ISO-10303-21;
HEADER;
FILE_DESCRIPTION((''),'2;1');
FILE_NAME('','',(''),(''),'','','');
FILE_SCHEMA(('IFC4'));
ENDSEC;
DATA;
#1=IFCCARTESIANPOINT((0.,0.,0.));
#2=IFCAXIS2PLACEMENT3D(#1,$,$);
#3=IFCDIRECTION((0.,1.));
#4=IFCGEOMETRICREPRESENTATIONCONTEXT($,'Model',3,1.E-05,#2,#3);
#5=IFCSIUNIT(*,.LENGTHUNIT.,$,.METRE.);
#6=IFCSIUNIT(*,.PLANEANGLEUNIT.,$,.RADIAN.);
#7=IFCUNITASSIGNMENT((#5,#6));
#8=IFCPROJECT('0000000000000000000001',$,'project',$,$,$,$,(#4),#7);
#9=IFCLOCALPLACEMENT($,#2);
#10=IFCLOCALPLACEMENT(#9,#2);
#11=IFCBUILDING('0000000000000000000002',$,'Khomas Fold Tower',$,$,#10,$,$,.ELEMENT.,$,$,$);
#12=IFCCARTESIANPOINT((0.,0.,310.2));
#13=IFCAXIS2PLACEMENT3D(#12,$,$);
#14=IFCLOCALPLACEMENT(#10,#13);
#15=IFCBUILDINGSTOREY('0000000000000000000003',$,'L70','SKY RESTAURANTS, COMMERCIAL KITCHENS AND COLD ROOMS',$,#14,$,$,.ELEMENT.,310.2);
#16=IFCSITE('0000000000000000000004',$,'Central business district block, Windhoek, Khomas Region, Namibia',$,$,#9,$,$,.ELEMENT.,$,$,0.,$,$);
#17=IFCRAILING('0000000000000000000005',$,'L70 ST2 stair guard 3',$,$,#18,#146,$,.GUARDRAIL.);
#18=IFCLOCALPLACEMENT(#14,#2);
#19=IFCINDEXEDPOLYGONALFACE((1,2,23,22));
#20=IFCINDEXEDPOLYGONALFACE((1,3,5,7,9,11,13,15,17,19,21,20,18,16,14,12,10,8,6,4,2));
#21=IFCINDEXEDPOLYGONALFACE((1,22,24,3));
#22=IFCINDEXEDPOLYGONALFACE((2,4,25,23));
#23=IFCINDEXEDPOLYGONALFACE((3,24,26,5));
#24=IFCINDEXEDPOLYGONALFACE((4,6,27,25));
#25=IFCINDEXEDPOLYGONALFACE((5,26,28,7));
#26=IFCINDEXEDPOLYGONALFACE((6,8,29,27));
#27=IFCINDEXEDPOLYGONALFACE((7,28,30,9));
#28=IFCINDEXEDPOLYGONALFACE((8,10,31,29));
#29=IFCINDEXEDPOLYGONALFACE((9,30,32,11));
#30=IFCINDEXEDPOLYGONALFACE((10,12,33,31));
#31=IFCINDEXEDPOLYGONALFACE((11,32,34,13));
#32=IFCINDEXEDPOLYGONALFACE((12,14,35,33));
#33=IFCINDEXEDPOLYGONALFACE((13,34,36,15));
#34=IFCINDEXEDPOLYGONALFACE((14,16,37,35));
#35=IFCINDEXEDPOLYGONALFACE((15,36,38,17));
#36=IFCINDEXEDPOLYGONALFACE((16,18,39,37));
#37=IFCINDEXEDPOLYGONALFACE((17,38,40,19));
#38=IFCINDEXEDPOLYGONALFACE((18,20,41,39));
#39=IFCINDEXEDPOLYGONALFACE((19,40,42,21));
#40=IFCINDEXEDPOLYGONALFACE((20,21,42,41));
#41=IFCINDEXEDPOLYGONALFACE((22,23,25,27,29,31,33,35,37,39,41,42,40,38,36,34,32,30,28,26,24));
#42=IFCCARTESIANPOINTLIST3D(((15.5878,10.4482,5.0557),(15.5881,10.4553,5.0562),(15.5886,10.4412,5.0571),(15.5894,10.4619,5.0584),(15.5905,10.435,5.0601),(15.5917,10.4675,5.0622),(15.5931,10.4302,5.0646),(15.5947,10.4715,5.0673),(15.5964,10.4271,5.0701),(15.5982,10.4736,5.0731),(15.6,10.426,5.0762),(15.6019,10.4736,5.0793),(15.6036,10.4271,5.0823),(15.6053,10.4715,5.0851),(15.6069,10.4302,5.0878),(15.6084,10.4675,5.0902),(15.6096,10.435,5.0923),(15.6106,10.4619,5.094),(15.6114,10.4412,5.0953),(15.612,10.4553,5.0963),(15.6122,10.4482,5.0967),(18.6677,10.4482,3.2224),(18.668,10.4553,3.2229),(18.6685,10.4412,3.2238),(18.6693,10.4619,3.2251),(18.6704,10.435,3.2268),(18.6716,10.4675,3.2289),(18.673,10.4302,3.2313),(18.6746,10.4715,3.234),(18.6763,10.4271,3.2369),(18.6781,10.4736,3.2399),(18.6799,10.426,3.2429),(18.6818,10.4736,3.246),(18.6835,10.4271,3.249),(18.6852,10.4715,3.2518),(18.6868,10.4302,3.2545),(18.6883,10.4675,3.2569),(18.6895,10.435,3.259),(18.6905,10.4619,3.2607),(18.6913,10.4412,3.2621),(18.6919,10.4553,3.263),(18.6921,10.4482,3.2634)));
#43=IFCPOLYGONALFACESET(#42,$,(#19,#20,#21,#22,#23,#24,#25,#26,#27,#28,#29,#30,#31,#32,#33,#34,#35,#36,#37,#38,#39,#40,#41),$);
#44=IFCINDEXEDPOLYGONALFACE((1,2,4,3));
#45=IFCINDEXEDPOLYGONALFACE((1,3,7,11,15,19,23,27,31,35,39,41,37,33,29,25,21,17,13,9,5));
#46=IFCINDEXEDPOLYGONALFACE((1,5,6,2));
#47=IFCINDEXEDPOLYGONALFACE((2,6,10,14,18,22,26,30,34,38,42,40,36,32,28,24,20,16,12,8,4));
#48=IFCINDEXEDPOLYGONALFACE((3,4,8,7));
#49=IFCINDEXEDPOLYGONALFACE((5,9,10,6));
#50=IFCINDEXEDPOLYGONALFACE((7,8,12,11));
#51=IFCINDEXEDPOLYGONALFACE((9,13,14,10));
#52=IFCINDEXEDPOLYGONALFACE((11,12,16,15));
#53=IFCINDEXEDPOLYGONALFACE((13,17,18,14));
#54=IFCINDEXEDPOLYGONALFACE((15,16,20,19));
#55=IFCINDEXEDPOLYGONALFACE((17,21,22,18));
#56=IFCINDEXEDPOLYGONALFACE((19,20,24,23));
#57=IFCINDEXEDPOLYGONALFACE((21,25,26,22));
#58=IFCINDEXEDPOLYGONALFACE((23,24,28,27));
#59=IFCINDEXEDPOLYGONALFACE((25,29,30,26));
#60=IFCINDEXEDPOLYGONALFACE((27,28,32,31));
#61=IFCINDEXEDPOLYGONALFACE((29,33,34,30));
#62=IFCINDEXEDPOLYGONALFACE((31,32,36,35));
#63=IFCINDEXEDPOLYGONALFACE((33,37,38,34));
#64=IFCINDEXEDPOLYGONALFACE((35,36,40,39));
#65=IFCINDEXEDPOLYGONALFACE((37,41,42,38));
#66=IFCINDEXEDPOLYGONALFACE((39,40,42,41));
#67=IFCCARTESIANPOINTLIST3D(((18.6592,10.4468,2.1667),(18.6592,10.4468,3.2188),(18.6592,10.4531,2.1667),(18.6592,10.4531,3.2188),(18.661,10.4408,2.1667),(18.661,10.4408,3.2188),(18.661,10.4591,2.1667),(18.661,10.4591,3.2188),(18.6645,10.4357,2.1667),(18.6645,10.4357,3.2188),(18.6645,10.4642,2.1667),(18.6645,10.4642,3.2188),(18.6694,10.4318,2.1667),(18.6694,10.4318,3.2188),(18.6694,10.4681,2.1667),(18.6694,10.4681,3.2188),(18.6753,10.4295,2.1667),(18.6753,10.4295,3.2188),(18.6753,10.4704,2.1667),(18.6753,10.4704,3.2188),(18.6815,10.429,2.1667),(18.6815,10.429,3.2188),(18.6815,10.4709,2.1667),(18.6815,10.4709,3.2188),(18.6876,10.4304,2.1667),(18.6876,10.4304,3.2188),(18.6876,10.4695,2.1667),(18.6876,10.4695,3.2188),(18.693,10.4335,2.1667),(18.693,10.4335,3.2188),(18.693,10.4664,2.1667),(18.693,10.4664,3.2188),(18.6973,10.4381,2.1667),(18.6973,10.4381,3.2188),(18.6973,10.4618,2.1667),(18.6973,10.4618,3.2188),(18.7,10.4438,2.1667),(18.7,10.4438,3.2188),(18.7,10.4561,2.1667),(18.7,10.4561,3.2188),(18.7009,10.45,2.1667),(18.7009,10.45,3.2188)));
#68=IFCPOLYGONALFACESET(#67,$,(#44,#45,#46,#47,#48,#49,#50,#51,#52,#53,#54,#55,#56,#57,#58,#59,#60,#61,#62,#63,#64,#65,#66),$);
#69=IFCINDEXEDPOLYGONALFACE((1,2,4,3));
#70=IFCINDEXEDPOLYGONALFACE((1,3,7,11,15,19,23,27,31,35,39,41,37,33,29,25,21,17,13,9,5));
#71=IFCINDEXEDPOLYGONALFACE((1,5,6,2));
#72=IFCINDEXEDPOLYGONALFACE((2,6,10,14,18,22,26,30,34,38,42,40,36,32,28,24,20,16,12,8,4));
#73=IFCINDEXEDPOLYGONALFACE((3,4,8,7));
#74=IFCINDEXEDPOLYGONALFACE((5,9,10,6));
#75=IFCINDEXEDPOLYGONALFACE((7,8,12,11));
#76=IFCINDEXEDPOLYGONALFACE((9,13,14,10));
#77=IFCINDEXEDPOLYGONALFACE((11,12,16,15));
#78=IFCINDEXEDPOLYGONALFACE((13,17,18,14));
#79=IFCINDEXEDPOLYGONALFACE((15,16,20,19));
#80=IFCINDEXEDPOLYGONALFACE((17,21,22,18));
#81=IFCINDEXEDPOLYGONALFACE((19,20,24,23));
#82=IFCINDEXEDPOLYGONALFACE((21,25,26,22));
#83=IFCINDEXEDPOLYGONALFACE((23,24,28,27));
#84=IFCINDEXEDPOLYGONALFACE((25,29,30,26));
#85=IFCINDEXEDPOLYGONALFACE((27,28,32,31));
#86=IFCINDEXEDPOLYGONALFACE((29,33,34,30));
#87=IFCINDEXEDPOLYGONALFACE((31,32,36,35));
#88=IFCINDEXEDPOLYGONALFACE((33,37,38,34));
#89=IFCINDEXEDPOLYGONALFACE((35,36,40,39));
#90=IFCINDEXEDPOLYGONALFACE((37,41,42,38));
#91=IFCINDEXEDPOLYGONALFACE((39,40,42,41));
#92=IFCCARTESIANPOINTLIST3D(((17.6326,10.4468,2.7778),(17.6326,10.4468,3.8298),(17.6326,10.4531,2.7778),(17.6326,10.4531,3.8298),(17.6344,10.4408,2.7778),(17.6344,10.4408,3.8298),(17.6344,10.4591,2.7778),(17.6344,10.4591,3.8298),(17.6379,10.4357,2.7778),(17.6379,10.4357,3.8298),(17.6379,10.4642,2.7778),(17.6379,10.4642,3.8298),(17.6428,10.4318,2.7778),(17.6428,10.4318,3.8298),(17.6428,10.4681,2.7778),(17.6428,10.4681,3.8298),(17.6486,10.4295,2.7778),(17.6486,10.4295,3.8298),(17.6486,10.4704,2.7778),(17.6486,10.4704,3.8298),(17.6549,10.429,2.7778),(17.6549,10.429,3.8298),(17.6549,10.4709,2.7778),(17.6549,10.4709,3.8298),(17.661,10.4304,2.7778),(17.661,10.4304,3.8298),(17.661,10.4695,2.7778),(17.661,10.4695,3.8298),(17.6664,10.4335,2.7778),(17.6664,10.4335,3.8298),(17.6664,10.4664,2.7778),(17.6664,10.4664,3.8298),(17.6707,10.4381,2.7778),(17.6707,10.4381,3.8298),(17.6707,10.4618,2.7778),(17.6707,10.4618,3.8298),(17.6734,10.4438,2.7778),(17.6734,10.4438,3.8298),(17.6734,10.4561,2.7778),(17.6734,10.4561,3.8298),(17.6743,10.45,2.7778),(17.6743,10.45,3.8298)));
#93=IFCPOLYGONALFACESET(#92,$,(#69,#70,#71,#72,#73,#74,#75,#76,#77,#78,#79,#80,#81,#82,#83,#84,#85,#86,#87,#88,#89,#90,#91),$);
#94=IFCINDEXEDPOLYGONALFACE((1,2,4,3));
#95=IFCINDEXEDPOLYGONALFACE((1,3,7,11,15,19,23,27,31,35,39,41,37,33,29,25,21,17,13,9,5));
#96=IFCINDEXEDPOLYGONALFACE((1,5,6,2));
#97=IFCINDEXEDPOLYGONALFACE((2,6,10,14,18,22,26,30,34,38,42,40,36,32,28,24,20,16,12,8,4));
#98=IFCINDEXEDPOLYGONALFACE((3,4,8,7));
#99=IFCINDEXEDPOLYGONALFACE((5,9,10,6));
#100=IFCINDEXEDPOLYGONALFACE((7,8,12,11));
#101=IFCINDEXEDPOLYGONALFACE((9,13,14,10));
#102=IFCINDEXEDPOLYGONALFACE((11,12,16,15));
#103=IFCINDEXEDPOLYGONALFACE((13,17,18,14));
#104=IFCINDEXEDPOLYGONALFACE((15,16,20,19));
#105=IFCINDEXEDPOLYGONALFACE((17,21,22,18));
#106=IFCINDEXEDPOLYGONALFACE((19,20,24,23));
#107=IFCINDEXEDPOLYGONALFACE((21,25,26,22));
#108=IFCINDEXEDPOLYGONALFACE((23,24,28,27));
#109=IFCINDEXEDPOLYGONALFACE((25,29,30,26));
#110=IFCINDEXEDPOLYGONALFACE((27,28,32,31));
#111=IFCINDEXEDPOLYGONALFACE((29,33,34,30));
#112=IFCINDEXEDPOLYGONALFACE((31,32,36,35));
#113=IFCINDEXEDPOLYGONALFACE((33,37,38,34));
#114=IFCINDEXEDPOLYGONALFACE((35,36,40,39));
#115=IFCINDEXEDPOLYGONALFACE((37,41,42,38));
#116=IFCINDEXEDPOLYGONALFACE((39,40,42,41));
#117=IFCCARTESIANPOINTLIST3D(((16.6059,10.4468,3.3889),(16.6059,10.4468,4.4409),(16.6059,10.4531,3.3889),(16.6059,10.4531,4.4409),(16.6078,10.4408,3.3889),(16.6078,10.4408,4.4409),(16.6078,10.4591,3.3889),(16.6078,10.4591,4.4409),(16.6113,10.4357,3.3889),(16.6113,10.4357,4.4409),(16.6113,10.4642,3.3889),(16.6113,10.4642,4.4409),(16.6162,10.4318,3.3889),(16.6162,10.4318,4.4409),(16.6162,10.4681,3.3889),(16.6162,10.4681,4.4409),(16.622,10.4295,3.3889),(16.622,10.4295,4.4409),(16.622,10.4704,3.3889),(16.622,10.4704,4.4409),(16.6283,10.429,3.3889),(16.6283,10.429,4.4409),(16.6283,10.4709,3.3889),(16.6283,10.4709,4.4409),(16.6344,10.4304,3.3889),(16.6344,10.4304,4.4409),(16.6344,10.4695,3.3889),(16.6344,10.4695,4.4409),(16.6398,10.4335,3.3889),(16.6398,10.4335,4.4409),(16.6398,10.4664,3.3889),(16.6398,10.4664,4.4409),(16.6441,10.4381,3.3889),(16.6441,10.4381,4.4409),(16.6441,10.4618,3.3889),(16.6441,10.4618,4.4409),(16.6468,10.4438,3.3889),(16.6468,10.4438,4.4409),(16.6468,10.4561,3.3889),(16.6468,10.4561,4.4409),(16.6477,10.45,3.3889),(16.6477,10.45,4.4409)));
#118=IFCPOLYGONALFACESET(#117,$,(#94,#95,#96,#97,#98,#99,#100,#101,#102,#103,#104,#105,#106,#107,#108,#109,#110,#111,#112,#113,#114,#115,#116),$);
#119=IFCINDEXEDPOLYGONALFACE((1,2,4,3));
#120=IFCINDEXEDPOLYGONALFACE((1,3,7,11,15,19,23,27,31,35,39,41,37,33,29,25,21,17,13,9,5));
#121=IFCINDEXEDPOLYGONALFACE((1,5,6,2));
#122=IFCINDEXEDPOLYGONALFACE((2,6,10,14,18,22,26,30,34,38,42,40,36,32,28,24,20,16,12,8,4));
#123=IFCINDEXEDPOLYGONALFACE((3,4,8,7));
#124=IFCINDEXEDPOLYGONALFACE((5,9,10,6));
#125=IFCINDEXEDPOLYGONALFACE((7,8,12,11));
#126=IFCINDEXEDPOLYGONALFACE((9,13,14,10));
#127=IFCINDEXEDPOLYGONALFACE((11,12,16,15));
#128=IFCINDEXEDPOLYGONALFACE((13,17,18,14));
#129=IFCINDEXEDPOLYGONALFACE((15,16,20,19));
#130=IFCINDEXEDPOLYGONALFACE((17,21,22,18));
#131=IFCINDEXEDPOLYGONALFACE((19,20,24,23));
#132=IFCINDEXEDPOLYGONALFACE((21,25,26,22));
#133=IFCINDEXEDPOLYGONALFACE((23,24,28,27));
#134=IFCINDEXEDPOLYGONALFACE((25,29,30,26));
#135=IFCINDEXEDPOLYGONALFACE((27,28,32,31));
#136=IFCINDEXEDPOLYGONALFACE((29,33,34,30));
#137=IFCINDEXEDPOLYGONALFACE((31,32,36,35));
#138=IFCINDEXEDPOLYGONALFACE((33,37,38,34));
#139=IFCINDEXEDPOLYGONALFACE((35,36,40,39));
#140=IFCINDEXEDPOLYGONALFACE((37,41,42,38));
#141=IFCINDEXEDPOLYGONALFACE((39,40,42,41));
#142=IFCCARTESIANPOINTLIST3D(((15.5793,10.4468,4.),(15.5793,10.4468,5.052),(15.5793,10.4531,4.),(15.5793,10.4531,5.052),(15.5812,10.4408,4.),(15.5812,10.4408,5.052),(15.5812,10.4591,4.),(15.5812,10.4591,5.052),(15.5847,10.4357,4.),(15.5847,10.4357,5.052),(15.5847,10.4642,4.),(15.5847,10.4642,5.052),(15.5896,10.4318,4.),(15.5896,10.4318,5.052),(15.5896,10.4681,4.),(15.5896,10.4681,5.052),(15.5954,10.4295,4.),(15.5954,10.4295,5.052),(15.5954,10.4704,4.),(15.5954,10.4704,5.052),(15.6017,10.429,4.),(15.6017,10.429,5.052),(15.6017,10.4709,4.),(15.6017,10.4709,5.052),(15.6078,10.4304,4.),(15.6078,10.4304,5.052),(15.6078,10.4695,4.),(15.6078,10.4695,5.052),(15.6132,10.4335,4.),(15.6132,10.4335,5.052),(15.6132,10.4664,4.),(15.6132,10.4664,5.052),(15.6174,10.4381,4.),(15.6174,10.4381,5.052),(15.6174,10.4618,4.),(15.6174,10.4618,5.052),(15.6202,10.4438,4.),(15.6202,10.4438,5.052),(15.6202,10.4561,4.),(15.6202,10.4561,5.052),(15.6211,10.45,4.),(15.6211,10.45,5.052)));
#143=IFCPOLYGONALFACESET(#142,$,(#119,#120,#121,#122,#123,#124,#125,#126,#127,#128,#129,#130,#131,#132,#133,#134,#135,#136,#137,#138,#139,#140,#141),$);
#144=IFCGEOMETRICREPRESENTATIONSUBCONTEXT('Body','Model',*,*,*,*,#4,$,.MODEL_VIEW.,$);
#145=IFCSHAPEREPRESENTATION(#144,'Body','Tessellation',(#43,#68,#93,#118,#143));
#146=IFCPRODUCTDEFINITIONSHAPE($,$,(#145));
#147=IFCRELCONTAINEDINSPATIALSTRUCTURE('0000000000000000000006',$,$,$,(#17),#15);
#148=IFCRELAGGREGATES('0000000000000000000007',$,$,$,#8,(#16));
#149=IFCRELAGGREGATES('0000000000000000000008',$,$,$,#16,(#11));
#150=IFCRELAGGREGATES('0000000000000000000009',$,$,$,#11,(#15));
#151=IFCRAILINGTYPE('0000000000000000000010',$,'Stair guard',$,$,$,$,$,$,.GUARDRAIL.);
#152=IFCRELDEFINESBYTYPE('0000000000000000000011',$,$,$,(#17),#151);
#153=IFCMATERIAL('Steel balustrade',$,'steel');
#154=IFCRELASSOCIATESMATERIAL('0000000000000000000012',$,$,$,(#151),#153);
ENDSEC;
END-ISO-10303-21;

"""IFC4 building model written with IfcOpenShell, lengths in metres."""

from ifc_helpers import new_model, si_unit, direction, frame, origin, origin_2d, place, context, subcontext, project, spatial, circle, extrude, source, transform, mapped, material, type_object, element, save


model = new_model("IFC4")

# Units and contexts
model_context = context("Model", 3, precision=1e-05, world=origin(), true_north=direction((0.0, 1.0)))
body_context = subcontext(model_context, "Body", "Model", "MODEL_VIEW")
ifc_project = project(units=[si_unit("LENGTHUNIT", "METRE"), si_unit("PLANEANGLEUNIT", "RADIAN")], contexts=[model_context])

# Site, building, storey
site_placement = place(None, origin())
site = spatial("IfcSite", under=ifc_project, at=site_placement, Name="Central business district block, Windhoek, Khomas Region, Namibia", CompositionType="ELEMENT", RefElevation=0.0)
building_placement = place(site_placement, origin())
building = spatial("IfcBuilding", under=site, at=building_placement, Name="Khomas Fold Tower", CompositionType="ELEMENT")
storey_placement = place(building_placement, frame((0.0, 0.0, 310.2)))
storey = spatial("IfcBuildingStorey", under=building, at=storey_placement, Name="L70", Description="SKY RESTAURANTS, COMMERCIAL KITCHENS AND COLD ROOMS", CompositionType="ELEMENT", Elevation=310.2)

# Railing
ifc_material_1 = material(Name="Steel balustrade", Category="steel")
railing_type_1 = type_object("IfcRailingType", Name="Stair guard", PredefinedType="GUARDRAIL", material=ifc_material_1)
shared_shape_1 = source(origin(), body_context, "Body", "SweptSolid", [
    extrude(circle(Radius=0.0239, at=origin_2d()), frame((0.0, 0.0, 1.0762), z_axis=(-0.859291, 0.0, 0.511487), x_axis=(0.0, -1.0, 0.0)), (0.0, 0.0, 1.0), 3.5842),
    extrude(circle(Radius=0.021, at=origin_2d()), origin(), (0.0, 0.0, 1.0), 1.052),
    extrude(circle(Radius=0.021, at=origin_2d()), frame((-1.0266, 0.0, 0.6111)), (0.0, 0.0, 1.0), 1.052),
    extrude(circle(Radius=0.021, at=origin_2d()), frame((-2.0532, 0.0, 1.2222)), (0.0, 0.0, 1.0), 1.052),
    extrude(circle(Radius=0.021, at=origin_2d()), frame((-3.0798, 0.0, 1.8333)), (0.0, 0.0, 1.0), 1.052),
])
railing_1_placement = place(storey_placement, frame((18.6799, 10.45, 2.1667)))
element("IfcRailing", 1, at=railing_1_placement, inside=storey, type_object=railing_type_1, Name="L70 ST2 stair guard 3", PredefinedType="GUARDRAIL", context=body_context, shape_type="MappedRepresentation", body=[
    mapped(shared_shape_1, transform((0.0, 0.0, 0.0))),
])

save(model, "model.ifc")
